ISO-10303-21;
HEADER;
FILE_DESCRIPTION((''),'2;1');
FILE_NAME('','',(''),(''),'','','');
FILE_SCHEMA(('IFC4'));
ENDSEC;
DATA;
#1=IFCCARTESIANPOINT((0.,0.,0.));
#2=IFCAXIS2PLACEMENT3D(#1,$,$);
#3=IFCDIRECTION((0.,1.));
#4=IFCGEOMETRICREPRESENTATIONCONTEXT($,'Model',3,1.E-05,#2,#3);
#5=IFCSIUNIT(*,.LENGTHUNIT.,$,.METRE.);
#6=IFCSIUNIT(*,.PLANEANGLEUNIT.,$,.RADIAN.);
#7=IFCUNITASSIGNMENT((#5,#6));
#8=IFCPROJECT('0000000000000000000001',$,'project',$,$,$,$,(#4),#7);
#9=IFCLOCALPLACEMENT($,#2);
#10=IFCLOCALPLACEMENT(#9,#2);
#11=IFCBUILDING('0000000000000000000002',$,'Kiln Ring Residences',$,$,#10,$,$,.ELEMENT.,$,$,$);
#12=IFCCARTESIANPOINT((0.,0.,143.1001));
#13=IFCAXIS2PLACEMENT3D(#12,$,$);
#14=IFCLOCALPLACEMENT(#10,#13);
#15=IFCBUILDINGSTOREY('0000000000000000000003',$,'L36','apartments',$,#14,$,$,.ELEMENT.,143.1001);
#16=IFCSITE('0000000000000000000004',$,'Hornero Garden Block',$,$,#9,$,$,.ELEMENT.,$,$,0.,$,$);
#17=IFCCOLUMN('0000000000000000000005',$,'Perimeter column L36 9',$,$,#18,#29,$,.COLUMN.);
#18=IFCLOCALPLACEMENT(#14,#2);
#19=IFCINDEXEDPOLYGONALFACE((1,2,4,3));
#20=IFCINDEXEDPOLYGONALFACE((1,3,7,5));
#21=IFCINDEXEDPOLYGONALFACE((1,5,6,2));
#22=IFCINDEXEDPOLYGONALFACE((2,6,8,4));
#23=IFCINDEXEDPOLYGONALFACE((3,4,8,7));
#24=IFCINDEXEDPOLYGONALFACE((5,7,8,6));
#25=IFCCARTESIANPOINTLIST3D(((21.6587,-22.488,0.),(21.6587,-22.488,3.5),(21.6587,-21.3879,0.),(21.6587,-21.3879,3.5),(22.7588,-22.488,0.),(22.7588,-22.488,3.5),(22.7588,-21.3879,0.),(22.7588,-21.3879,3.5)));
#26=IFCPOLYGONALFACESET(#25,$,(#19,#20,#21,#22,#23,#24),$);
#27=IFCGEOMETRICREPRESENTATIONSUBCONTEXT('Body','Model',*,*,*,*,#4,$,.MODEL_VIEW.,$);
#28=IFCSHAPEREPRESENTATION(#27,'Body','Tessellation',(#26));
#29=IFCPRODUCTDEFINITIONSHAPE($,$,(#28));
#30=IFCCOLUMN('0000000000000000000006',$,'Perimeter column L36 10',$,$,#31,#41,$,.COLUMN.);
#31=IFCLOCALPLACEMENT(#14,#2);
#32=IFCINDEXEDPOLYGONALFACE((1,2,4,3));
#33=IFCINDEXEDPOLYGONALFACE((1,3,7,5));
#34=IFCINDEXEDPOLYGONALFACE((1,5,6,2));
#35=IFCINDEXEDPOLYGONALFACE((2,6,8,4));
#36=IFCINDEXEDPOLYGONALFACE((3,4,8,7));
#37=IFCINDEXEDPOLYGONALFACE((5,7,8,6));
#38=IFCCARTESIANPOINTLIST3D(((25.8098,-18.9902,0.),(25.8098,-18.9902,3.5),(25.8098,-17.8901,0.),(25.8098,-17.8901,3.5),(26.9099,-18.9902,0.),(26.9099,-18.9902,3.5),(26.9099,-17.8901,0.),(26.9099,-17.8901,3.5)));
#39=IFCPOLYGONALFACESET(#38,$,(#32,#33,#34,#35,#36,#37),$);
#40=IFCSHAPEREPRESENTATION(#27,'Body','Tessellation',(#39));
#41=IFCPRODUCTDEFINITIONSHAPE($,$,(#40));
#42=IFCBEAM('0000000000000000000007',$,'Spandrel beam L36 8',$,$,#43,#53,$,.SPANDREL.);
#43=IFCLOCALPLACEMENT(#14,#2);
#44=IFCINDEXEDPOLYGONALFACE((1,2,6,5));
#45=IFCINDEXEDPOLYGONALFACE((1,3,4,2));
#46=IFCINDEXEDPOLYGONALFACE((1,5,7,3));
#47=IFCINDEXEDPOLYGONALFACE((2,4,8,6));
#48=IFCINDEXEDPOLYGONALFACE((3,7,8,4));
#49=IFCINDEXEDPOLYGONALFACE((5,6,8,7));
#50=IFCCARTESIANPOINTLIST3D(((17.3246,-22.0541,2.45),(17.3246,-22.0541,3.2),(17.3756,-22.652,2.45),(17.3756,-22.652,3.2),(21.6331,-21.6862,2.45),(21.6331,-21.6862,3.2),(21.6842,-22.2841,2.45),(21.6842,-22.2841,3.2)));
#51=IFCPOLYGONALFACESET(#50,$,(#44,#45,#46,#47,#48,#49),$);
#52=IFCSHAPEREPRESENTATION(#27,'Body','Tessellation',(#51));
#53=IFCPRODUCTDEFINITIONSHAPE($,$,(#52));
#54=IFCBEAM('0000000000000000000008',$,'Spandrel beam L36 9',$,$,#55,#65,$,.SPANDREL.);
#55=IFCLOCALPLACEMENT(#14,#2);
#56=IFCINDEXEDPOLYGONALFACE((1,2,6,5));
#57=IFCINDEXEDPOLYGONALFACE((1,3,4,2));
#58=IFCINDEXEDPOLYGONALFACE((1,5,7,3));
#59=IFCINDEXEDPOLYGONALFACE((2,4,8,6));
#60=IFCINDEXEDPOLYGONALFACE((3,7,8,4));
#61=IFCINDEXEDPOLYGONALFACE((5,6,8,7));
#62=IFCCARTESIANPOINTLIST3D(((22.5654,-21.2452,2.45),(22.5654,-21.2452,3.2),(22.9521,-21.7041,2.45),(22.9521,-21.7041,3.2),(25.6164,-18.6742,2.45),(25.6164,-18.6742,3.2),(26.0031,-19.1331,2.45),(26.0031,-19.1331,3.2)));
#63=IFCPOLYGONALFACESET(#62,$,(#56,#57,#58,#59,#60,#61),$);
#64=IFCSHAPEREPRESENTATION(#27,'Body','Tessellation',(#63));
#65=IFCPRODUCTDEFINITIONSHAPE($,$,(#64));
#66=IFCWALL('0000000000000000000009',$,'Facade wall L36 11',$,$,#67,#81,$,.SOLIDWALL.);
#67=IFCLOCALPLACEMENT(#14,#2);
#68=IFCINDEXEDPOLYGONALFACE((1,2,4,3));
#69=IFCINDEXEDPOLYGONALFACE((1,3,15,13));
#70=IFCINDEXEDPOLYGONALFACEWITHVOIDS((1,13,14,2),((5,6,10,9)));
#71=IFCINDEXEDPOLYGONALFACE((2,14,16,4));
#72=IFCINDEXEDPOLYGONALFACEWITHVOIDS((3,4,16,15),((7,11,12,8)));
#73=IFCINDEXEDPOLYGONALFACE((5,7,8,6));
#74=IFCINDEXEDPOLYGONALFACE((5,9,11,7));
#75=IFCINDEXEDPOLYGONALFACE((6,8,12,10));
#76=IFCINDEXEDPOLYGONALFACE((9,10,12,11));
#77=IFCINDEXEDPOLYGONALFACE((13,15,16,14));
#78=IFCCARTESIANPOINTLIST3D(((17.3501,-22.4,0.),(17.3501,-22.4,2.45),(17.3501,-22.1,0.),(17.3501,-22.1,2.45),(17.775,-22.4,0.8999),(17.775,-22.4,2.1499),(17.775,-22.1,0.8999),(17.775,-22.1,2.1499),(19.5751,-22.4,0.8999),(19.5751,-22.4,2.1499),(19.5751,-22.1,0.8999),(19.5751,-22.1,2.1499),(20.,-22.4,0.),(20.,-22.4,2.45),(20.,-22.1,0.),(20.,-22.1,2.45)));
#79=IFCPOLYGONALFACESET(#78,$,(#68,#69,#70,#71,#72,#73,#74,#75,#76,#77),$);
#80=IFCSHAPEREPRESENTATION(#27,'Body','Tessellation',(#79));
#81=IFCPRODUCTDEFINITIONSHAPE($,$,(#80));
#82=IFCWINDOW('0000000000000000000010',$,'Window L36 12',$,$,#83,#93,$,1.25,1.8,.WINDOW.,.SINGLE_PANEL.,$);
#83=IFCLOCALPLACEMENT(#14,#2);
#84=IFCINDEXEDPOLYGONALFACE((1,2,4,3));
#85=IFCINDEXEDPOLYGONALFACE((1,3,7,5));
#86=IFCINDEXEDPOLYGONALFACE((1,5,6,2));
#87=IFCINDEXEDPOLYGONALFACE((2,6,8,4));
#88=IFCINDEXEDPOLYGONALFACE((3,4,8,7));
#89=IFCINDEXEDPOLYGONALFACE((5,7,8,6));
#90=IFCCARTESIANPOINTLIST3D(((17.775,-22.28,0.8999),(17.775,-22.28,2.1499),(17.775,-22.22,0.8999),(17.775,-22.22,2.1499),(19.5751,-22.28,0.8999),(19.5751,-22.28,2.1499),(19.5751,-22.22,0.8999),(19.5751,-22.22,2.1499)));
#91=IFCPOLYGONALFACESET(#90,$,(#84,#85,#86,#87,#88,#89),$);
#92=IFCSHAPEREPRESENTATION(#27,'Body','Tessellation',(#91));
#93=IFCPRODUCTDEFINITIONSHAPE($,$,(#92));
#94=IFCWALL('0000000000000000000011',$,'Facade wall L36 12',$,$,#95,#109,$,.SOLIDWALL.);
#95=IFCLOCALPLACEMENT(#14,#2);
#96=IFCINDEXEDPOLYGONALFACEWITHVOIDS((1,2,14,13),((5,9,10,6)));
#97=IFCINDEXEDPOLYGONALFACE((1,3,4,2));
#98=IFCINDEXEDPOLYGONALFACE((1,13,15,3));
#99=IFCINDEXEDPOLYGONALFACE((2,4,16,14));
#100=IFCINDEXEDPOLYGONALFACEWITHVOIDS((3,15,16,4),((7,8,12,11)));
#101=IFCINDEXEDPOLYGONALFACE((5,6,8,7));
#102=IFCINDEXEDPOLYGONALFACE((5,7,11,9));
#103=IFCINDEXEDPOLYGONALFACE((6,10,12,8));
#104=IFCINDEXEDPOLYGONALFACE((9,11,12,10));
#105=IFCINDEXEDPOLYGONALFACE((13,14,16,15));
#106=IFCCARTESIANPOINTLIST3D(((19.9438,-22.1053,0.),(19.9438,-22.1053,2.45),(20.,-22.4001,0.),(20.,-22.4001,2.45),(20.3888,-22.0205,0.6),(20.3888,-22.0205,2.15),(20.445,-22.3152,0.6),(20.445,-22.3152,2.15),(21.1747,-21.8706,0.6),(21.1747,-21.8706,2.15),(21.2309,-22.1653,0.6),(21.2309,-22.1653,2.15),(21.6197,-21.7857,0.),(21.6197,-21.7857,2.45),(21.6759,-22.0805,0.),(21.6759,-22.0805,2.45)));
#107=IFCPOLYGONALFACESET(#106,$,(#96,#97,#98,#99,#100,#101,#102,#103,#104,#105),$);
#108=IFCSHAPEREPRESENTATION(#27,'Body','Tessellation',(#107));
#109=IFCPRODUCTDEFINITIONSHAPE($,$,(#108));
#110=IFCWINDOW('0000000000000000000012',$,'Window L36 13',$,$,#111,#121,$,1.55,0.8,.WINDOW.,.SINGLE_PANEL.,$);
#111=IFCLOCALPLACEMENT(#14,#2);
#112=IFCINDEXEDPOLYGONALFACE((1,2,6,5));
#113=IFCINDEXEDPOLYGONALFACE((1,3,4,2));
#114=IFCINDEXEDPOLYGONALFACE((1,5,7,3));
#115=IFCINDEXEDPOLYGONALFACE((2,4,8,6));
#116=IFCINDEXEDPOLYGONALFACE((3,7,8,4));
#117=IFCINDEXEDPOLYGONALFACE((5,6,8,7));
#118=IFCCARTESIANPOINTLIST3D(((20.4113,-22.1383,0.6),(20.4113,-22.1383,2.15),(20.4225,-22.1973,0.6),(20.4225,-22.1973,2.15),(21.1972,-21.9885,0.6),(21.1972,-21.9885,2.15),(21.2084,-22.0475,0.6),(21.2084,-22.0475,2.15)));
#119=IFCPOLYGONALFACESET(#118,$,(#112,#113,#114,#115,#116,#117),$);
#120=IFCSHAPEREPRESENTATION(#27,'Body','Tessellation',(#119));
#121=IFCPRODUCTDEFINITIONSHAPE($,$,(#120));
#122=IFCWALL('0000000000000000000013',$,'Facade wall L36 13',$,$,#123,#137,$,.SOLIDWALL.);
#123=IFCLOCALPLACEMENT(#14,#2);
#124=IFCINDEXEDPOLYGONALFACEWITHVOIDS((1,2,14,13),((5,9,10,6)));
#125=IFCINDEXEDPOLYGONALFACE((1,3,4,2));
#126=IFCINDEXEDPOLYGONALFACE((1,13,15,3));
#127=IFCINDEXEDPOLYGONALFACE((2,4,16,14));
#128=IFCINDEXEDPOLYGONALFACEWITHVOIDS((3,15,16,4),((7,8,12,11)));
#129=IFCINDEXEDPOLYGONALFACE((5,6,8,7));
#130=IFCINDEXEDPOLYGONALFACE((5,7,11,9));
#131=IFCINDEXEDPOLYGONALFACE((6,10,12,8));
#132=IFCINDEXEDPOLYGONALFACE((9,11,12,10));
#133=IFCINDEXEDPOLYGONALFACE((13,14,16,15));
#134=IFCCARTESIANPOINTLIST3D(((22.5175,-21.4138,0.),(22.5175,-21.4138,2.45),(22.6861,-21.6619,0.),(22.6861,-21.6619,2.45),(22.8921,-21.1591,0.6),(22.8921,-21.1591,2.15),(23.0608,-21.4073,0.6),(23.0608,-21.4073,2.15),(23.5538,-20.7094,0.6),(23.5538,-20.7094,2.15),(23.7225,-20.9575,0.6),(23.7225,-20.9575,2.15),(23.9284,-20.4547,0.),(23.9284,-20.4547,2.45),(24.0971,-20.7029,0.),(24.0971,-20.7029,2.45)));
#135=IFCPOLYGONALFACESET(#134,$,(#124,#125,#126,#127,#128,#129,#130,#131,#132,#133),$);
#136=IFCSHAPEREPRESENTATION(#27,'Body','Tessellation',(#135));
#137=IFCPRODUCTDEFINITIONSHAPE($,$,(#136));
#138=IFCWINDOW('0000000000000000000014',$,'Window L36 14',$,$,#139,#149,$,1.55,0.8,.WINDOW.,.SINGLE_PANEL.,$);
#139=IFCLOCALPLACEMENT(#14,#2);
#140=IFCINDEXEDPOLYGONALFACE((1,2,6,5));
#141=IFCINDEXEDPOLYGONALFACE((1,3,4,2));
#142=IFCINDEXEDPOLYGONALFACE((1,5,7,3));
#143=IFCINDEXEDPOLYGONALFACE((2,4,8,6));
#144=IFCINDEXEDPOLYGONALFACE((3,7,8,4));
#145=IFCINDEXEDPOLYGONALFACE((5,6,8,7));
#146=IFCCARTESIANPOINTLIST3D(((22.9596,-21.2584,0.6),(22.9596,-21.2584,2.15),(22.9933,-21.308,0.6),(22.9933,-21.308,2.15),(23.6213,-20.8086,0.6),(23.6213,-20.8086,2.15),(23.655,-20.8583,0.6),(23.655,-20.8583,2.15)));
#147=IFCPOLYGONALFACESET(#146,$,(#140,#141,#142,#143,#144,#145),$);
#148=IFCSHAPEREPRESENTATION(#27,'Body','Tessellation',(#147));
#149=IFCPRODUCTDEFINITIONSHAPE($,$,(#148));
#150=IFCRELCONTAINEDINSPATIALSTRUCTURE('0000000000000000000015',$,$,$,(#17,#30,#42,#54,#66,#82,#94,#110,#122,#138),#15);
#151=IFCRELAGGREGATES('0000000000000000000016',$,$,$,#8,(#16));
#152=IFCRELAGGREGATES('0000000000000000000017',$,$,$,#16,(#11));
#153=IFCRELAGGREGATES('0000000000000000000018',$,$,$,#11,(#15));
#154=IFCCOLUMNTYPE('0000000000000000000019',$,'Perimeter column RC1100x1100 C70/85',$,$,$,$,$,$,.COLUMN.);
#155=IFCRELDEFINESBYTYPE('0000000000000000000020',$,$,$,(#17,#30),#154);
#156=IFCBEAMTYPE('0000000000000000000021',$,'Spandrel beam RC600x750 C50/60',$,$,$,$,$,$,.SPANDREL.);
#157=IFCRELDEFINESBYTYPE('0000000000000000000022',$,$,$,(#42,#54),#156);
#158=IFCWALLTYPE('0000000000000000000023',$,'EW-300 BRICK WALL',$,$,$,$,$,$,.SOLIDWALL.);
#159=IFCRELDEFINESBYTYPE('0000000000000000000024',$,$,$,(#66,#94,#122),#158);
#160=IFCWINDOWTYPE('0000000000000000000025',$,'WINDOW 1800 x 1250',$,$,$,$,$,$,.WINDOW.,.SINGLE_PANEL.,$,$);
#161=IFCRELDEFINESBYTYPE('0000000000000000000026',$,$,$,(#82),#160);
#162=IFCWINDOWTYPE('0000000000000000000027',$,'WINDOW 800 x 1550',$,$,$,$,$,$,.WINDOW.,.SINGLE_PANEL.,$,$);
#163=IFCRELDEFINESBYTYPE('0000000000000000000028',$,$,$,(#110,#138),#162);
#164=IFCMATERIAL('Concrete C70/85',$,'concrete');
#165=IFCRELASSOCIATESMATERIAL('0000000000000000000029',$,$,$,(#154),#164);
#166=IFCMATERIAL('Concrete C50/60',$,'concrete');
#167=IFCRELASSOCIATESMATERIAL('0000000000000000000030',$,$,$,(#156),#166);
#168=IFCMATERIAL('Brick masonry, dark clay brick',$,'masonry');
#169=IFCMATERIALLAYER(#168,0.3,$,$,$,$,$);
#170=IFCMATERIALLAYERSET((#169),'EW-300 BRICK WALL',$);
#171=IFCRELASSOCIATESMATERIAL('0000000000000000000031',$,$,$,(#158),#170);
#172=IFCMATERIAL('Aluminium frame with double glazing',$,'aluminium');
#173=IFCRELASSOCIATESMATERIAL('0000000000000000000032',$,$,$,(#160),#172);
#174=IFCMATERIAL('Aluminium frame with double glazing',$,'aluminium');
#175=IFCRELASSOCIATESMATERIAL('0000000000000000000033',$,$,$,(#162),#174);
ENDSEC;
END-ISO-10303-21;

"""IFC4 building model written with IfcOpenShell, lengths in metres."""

from ifc_helpers import new_model, si_unit, direction, frame, frame_2d, origin, origin_2d, place, context, subcontext, project, spatial, rectangle, extrude, material, layer, layer_set, material_profile, profile_set, type_object, element, fill, save


model = new_model("IFC4")

# Units and contexts
model_context = context("Model", 3, precision=1e-05, world=origin(), true_north=direction((0.0, 1.0)))
body_context = subcontext(model_context, "Body", "Model", "MODEL_VIEW")
ifc_project = project(units=[si_unit("LENGTHUNIT", "METRE"), si_unit("PLANEANGLEUNIT", "RADIAN")], contexts=[model_context])

# Site, building, storey
site_placement = place(None, origin())
site = spatial("IfcSite", under=ifc_project, at=site_placement, Name="Hornero Garden Block", CompositionType="ELEMENT", RefElevation=0.0)
building_placement = place(site_placement, origin())
building = spatial("IfcBuilding", under=site, at=building_placement, Name="Kiln Ring Residences", CompositionType="ELEMENT")
storey_placement = place(building_placement, frame((0.0, 0.0, 143.1001)))
storey = spatial("IfcBuildingStorey", under=building, at=storey_placement, Name="L36", Description="apartments", CompositionType="ELEMENT", Elevation=143.1001)

# Columns
ifc_material_1 = material(Name="Concrete C70/85", Category="concrete")
ifc_material_profile_1 = material_profile(ifc_material_1, rectangle(XDim=1.1001, YDim=1.1001, at=origin_2d()), Name="RC1100x1100")
ifc_profile_set_1 = profile_set([ifc_material_profile_1], Name="Concrete C70/85")
column_type = type_object("IfcColumnType", Name="Perimeter column RC1100x1100 C70/85", PredefinedType="COLUMN", material=ifc_profile_set_1)
for number, where, z_axis, x_axis, name in (
    (1, (22.2087, -21.938, 0.0), (0.0, 0.0, 1.0), (1.0, 0.0, 0.0), "Perimeter column L36 9"),
    (2, (26.3599, -18.4402, 0.0), (0.0, 0.0, 1.0), (1.0, 0.0, 0.0), "Perimeter column L36 10"),
):
    element("IfcColumn", number, at=place(storey_placement, frame(where, z_axis=z_axis, x_axis=x_axis)), inside=storey, type_object=column_type, Name=name, PredefinedType="COLUMN", context=body_context, shape_type="SweptSolid", body=[
        extrude(rectangle(XDim=1.1001, YDim=1.1001, at=origin_2d()), origin(), (0.0, 0.0, 1.0), 3.5),
    ])

# Beams
ifc_material_2 = material(Name="Concrete C50/60", Category="concrete")
ifc_material_profile_2 = material_profile(ifc_material_2, rectangle(XDim=0.6001, YDim=0.75, at=origin_2d()), Name="RC600x750")
ifc_profile_set_2 = profile_set([ifc_material_profile_2], Name="Concrete C50/60")
beam_type = type_object("IfcBeamType", Name="Spandrel beam RC600x750 C50/60", PredefinedType="SPANDREL", material=ifc_profile_set_2)
beam_1_placement = place(storey_placement, frame((17.3501, -22.353, 2.825), z_axis=(0.996374, 0.085082, 0.0), x_axis=(-0.085082, 0.996374, 0.0)))
element("IfcBeam", 3, at=beam_1_placement, inside=storey, type_object=beam_type, Name="Spandrel beam L36 8", PredefinedType="SPANDREL", context=body_context, shape_type="SweptSolid", body=[
    extrude(rectangle(XDim=0.6001, YDim=0.75, at=origin_2d()), origin(), (0.0, 0.0, 1.0), 4.3242),
])
beam_2_placement = place(storey_placement, frame((22.7588, -21.4746, 2.825), z_axis=(0.764694, 0.644394, 0.0), x_axis=(-0.644394, 0.764694, 0.0)))
element("IfcBeam", 4, at=beam_2_placement, inside=storey, type_object=beam_type, Name="Spandrel beam L36 9", PredefinedType="SPANDREL", context=body_context, shape_type="SweptSolid", body=[
    extrude(rectangle(XDim=0.6001, YDim=0.75, at=origin_2d()), origin(), (0.0, 0.0, 1.0), 3.9897),
])

# Walls, openings, windows
ifc_material_3 = material(Name="Brick masonry, dark clay brick", Category="masonry")
ifc_layer_1 = layer(ifc_material_3, 0.3)
ifc_layer_set_1 = layer_set([ifc_layer_1], Name="EW-300 BRICK WALL")
wall_type_1 = type_object("IfcWallType", Name="EW-300 BRICK WALL", PredefinedType="SOLIDWALL", material=ifc_layer_set_1)
wall_1_placement = place(storey_placement, frame((17.3501, -22.25, 0.0), z_axis=(0.0, 0.0, 1.0), x_axis=(1.0, 0.0, 0.0)))
wall_1 = element("IfcWall", 5, at=wall_1_placement, inside=storey, type_object=wall_type_1, Name="Facade wall L36 11", PredefinedType="SOLIDWALL", context=body_context, shape_type="SweptSolid", body=[
    extrude(rectangle(XDim=2.6499, YDim=0.3, at=frame_2d((1.325, 0.0))), origin(), (0.0, 0.0, 1.0), 2.45),
])
opening_1_placement = place(wall_1_placement, frame((0.425, 0.0, 0.8999)))
opening_1 = element("IfcOpeningElement", 6, at=opening_1_placement, cuts=wall_1, PredefinedType="OPENING", context=body_context, shape_type="SweptSolid", body=[
    extrude(rectangle(XDim=1.8, YDim=1.25, at=frame_2d((0.8999, 0.625))), frame((0.0, 0.1599, 0.0), z_axis=(0.0, -1.0, 0.0), x_axis=(1.0, 0.0, 0.0)), (0.0, 0.0, 1.0), 0.3201),
])
ifc_material_4 = material(Name="Aluminium frame with double glazing", Category="aluminium")
window_type_1 = type_object("IfcWindowType", Name="WINDOW 1800 x 1250", PartitioningType="SINGLE_PANEL", PredefinedType="WINDOW", material=ifc_material_4)
window_1_placement = place(opening_1_placement, origin())
window_1 = element("IfcWindow", 7, at=window_1_placement, inside=storey, type_object=window_type_1, Name="Window L36 12", OverallHeight=1.25, OverallWidth=1.8, PartitioningType="SINGLE_PANEL", PredefinedType="WINDOW", context=body_context, shape_type="SweptSolid", body=[
    extrude(rectangle(XDim=1.8, YDim=1.25, at=frame_2d((0.8999, 0.625))), frame((0.0, 0.03, 0.0), z_axis=(0.0, -1.0, 0.0), x_axis=(1.0, 0.0, 0.0)), (0.0, 0.0, 1.0), 0.0601),
])
fill(opening_1, window_1)
wall_2_placement = place(storey_placement, frame((19.9719, -22.2527, 0.0), z_axis=(0.0, 0.0, 1.0), x_axis=(0.982297, 0.187329, 0.0)))
wall_2 = element("IfcWall", 8, at=wall_2_placement, inside=storey, type_object=wall_type_1, Name="Facade wall L36 12", PredefinedType="SOLIDWALL", context=body_context, shape_type="SweptSolid", body=[
    extrude(rectangle(XDim=1.7061, YDim=0.3, at=frame_2d((0.853, 0.0))), origin(), (0.0, 0.0, 1.0), 2.45),
])
opening_2_placement = place(wall_2_placement, frame((0.4531, 0.0, 0.6001)))
opening_2 = element("IfcOpeningElement", 9, at=opening_2_placement, cuts=wall_2, PredefinedType="OPENING", context=body_context, shape_type="SweptSolid", body=[
    extrude(rectangle(XDim=0.8, YDim=1.55, at=frame_2d((0.3999, 0.7749))), frame((0.0, 0.1599, 0.0), z_axis=(0.0, -1.0, 0.0), x_axis=(1.0, 0.0, 0.0)), (0.0, 0.0, 1.0), 0.3201),
])
ifc_material_5 = material(Name="Aluminium frame with double glazing", Category="aluminium")
window_type_2 = type_object("IfcWindowType", Name="WINDOW 800 x 1550", PartitioningType="SINGLE_PANEL", PredefinedType="WINDOW", material=ifc_material_5)
window_2_placement = place(opening_2_placement, origin())
window_2 = element("IfcWindow", 10, at=window_2_placement, inside=storey, type_object=window_type_2, Name="Window L36 13", OverallHeight=1.55, OverallWidth=0.8, PartitioningType="SINGLE_PANEL", PredefinedType="WINDOW", context=body_context, shape_type="SweptSolid", body=[
    extrude(rectangle(XDim=0.8, YDim=1.55, at=frame_2d((0.3999, 0.7749))), frame((0.0, 0.03, 0.0), z_axis=(0.0, -1.0, 0.0), x_axis=(1.0, 0.0, 0.0)), (0.0, 0.0, 1.0), 0.0601),
])
fill(opening_2, window_2)
wall_3_placement = place(storey_placement, frame((22.6018, -21.5378, 0.0), z_axis=(0.0, 0.0, 1.0), x_axis=(0.827041, 0.562142, 0.0)))
wall_3 = element("IfcWall", 11, at=wall_3_placement, inside=storey, type_object=wall_type_1, Name="Facade wall L36 13", PredefinedType="SOLIDWALL", context=body_context, shape_type="SweptSolid", body=[
    extrude(rectangle(XDim=1.7061, YDim=0.3, at=frame_2d((0.853, 0.0))), origin(), (0.0, 0.0, 1.0), 2.45),
])
opening_3_placement = place(wall_3_placement, frame((0.4531, 0.0, 0.6001)))
opening_3 = element("IfcOpeningElement", 12, at=opening_3_placement, cuts=wall_3, PredefinedType="OPENING", context=body_context, shape_type="SweptSolid", body=[
    extrude(rectangle(XDim=0.8, YDim=1.55, at=frame_2d((0.3999, 0.7749))), frame((0.0, 0.1599, 0.0), z_axis=(0.0, -1.0, 0.0), x_axis=(1.0, 0.0, 0.0)), (0.0, 0.0, 1.0), 0.3201),
])
window_3_placement = place(opening_3_placement, origin())
window_3 = element("IfcWindow", 13, at=window_3_placement, inside=storey, type_object=window_type_2, Name="Window L36 14", OverallHeight=1.55, OverallWidth=0.8, PartitioningType="SINGLE_PANEL", PredefinedType="WINDOW", context=body_context, shape_type="SweptSolid", body=[
    extrude(rectangle(XDim=0.8, YDim=1.55, at=frame_2d((0.3999, 0.7749))), frame((0.0, 0.03, 0.0), z_axis=(0.0, -1.0, 0.0), x_axis=(1.0, 0.0, 0.0)), (0.0, 0.0, 1.0), 0.0601),
])
fill(opening_3, window_3)

save(model, "model.ifc")
